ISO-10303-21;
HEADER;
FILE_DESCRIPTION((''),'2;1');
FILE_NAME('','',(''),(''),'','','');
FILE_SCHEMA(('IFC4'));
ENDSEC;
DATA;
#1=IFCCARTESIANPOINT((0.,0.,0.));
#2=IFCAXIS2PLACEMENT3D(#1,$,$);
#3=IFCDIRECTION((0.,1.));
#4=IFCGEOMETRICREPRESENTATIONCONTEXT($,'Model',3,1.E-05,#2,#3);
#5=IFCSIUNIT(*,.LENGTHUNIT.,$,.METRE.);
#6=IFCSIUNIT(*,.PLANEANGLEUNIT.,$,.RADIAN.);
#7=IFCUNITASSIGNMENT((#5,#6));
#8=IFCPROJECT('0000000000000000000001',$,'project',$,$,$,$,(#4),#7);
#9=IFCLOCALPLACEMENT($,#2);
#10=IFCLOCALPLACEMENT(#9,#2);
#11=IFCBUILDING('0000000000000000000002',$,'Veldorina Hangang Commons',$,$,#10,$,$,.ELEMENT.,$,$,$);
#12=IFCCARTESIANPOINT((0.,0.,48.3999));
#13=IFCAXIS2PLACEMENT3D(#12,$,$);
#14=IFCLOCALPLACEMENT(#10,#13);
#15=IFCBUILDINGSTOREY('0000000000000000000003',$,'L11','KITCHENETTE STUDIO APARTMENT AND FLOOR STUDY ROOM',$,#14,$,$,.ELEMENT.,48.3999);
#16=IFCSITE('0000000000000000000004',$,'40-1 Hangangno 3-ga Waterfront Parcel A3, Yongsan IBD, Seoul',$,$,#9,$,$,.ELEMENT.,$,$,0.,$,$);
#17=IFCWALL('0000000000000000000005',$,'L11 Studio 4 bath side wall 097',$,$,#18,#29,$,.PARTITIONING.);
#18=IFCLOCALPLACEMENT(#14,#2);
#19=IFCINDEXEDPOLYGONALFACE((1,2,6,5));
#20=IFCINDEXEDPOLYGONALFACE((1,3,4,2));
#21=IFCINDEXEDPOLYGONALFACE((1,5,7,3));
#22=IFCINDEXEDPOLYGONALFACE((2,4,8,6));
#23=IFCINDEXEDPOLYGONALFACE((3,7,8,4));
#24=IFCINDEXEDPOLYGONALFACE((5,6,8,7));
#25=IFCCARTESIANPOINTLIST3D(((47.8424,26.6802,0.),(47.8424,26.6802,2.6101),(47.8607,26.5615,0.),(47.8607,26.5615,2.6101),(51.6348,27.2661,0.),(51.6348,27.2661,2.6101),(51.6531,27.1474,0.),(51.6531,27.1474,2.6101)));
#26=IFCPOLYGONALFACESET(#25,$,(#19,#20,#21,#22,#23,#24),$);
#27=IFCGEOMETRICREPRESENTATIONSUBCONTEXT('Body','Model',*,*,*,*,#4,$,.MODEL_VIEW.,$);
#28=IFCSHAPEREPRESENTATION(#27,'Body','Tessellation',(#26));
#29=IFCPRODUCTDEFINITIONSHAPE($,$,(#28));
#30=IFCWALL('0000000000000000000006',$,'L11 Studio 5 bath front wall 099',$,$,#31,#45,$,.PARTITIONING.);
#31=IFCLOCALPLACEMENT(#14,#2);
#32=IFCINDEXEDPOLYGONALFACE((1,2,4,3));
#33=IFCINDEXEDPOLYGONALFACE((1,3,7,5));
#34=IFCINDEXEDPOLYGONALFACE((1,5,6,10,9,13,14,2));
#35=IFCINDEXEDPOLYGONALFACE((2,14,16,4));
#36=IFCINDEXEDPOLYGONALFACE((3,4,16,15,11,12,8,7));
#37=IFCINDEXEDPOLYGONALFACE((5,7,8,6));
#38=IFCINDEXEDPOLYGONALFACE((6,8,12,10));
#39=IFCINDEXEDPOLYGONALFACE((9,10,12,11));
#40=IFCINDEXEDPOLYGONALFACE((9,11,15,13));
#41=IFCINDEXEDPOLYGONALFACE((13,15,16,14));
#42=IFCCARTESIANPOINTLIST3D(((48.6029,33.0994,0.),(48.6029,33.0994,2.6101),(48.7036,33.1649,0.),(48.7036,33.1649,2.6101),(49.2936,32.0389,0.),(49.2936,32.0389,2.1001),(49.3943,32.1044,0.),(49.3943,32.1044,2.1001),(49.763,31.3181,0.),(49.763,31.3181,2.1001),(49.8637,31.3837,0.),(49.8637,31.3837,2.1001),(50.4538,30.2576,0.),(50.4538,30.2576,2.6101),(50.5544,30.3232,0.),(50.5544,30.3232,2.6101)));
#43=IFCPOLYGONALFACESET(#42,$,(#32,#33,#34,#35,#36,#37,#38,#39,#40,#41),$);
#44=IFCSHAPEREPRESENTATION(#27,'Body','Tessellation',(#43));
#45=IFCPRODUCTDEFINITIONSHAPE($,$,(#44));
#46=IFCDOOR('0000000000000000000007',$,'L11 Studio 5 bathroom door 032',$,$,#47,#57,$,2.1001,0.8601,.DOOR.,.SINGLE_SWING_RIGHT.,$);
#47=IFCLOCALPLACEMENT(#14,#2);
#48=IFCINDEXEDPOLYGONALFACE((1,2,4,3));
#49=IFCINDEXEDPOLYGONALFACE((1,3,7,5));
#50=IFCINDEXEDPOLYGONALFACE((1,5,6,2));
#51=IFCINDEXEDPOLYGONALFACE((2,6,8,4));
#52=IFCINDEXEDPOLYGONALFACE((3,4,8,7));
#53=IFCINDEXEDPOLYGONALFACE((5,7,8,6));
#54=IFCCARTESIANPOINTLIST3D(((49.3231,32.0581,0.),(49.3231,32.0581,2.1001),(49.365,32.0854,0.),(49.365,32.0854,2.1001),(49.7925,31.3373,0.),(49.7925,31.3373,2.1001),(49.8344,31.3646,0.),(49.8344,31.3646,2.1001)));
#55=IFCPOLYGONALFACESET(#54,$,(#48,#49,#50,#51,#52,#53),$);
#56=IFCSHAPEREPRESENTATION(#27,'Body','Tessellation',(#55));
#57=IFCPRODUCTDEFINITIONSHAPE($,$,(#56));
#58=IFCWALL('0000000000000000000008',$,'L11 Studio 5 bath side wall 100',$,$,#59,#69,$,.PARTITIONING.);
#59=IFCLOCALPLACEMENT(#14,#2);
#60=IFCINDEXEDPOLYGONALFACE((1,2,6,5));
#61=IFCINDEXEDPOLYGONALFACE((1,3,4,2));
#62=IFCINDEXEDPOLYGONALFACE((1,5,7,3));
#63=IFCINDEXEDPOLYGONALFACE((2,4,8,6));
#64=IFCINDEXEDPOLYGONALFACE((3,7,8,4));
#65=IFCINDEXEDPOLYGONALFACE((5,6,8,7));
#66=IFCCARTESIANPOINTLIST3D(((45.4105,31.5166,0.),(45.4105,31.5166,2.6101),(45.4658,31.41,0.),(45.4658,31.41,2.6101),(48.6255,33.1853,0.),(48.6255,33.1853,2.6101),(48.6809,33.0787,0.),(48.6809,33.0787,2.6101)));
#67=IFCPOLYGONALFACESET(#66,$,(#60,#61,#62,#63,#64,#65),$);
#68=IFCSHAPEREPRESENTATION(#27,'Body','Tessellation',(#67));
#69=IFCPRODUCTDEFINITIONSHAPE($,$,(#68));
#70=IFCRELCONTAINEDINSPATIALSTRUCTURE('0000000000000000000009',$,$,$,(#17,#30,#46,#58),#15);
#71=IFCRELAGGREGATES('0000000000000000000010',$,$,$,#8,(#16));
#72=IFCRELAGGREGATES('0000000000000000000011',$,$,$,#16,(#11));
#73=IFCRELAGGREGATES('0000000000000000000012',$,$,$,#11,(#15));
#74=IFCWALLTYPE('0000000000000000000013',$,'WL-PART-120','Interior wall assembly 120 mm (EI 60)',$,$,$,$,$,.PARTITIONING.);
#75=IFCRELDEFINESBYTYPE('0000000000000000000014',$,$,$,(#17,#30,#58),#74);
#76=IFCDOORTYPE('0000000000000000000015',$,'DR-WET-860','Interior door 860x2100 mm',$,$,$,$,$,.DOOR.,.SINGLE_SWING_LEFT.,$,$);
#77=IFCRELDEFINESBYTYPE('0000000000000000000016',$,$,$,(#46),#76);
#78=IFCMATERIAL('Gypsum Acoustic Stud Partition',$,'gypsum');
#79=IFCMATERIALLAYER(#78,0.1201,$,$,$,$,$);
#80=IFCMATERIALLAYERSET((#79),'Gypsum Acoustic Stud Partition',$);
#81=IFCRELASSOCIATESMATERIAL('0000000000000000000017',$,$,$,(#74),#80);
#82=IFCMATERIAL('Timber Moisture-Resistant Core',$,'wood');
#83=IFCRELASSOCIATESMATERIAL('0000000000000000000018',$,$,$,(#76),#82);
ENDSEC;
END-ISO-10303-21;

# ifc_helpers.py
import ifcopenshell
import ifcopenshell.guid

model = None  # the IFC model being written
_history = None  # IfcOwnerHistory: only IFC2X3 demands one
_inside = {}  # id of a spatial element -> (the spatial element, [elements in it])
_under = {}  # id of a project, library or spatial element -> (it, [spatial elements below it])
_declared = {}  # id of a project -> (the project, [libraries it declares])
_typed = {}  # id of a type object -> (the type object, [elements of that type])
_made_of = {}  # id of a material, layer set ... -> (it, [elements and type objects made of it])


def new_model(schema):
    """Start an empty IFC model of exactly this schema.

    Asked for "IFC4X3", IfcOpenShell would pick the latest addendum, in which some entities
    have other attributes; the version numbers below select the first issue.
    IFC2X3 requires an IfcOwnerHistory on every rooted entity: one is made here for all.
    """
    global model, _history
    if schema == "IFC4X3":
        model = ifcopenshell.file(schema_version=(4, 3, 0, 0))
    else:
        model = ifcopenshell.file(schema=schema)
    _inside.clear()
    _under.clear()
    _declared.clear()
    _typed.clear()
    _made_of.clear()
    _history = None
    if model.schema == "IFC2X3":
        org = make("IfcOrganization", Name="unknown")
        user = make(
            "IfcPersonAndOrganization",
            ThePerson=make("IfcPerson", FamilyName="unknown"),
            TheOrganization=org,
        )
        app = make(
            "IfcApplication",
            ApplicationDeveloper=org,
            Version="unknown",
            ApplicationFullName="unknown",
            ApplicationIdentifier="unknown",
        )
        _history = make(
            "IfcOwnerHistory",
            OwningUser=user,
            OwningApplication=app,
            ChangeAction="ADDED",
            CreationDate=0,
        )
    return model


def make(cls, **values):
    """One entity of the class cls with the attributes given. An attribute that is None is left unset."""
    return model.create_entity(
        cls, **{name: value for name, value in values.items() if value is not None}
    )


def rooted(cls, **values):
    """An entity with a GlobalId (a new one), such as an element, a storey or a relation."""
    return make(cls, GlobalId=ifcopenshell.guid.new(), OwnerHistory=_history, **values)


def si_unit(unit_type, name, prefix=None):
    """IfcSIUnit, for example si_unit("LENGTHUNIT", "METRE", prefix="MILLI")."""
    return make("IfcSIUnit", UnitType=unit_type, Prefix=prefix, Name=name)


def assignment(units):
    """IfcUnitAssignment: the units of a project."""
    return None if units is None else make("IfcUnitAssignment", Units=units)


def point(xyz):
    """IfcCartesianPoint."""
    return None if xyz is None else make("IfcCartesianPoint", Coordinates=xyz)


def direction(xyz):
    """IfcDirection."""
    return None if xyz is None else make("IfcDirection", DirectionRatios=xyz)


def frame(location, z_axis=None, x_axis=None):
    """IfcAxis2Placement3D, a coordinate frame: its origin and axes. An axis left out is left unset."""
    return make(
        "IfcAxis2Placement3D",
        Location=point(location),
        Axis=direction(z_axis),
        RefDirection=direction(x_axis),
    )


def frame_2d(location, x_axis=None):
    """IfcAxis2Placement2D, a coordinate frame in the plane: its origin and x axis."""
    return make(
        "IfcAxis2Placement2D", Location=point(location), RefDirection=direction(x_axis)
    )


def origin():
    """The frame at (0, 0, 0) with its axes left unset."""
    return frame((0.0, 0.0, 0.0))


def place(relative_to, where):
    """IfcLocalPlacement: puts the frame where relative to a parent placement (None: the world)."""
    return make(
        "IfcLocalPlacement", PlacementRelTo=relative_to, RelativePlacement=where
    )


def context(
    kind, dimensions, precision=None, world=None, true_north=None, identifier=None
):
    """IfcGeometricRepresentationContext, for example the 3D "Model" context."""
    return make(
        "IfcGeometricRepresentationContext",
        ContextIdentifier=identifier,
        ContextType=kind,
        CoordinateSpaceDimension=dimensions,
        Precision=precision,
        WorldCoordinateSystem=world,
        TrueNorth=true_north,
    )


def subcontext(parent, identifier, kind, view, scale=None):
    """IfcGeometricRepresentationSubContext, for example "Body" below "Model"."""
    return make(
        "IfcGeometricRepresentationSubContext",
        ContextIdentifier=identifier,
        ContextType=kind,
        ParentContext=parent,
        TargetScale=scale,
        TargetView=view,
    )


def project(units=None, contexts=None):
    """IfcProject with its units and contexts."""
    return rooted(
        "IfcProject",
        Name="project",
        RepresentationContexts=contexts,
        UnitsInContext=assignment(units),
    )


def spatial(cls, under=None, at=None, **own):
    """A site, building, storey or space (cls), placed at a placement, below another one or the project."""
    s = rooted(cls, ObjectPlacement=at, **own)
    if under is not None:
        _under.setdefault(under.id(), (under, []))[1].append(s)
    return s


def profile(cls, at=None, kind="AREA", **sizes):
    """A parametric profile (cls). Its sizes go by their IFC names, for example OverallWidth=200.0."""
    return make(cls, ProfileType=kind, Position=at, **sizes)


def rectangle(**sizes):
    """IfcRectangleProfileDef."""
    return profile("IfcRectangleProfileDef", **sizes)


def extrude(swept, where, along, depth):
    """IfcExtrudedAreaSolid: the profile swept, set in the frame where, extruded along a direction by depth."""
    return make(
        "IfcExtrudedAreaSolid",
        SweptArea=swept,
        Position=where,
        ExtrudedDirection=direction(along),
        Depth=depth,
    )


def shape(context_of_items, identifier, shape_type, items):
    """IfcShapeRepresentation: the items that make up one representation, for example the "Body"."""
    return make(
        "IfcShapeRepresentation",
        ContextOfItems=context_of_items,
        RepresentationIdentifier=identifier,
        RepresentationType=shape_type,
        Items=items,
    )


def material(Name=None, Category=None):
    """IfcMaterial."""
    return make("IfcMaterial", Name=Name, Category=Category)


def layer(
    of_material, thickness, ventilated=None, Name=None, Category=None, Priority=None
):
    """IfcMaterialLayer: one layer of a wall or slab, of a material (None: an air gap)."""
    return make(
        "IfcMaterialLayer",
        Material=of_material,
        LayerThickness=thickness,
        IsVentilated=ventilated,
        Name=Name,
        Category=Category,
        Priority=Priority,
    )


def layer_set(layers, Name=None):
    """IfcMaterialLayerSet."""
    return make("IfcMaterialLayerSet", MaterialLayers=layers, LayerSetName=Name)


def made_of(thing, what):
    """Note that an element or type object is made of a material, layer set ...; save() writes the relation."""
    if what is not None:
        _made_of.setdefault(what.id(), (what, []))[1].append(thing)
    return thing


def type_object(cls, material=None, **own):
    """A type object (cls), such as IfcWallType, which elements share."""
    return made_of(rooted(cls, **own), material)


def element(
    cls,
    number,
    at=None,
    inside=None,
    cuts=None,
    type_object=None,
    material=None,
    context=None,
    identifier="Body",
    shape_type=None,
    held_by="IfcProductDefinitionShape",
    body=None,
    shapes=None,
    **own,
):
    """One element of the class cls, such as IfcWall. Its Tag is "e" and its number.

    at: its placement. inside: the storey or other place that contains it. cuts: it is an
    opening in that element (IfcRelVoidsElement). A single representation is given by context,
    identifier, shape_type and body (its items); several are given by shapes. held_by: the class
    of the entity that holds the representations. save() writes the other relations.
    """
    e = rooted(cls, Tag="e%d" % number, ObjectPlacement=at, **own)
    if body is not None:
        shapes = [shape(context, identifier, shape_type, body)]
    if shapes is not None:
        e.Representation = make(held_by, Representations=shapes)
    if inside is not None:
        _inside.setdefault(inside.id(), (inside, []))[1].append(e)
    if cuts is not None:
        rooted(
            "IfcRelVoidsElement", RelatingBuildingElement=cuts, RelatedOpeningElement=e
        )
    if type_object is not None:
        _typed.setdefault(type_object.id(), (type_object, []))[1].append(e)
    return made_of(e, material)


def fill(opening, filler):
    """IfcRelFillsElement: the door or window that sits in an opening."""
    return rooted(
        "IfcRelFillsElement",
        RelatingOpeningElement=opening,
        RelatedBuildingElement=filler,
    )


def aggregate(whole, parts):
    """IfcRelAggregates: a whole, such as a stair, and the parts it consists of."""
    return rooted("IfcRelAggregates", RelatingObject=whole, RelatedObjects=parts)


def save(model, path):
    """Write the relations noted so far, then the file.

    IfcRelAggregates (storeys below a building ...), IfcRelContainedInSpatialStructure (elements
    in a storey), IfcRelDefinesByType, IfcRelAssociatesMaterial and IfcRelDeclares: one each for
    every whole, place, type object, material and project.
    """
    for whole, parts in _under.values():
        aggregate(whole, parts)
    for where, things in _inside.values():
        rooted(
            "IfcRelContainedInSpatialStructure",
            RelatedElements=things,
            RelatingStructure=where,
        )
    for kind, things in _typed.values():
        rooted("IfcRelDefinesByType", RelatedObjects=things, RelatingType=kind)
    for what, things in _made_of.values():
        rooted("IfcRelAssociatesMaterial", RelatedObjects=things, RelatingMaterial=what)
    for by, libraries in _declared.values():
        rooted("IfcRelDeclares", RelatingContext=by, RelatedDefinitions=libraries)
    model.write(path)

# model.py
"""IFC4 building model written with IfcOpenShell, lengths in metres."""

from ifc_helpers import new_model, si_unit, direction, frame, frame_2d, origin, place, context, subcontext, project, spatial, rectangle, extrude, material, layer, layer_set, type_object, element, fill, save


model = new_model("IFC4")

# Units and contexts
model_context = context("Model", 3, precision=1e-05, world=origin(), true_north=direction((0.0, 1.0)))
body_context = subcontext(model_context, "Body", "Model", "MODEL_VIEW")
ifc_project = project(units=[si_unit("LENGTHUNIT", "METRE"), si_unit("PLANEANGLEUNIT", "RADIAN")], contexts=[model_context])

# Site, building, storey
site_placement = place(None, origin())
site = spatial("IfcSite", under=ifc_project, at=site_placement, Name="40-1 Hangangno 3-ga Waterfront Parcel A3, Yongsan IBD, Seoul", CompositionType="ELEMENT", RefElevation=0.0)
building_placement = place(site_placement, origin())
building = spatial("IfcBuilding", under=site, at=building_placement, Name="Veldorina Hangang Commons", CompositionType="ELEMENT")
storey_placement = place(building_placement, frame((0.0, 0.0, 48.3999)))
storey = spatial("IfcBuildingStorey", under=building, at=storey_placement, Name="L11", Description="KITCHENETTE STUDIO APARTMENT AND FLOOR STUDY ROOM", CompositionType="ELEMENT", Elevation=48.3999)

# Shared definitions
ifc_material_1 = material(Name="Gypsum Acoustic Stud Partition", Category="gypsum")
ifc_layer_1 = layer(ifc_material_1, 0.1201)
ifc_layer_set_1 = layer_set([ifc_layer_1], Name="Gypsum Acoustic Stud Partition")
wall_type_1 = type_object("IfcWallType", Name="WL-PART-120", Description="Interior wall assembly 120 mm (EI 60)", PredefinedType="PARTITIONING", material=ifc_layer_set_1)
ifc_material_2 = material(Name="Timber Moisture-Resistant Core", Category="wood")
door_type_1 = type_object("IfcDoorType", Name="DR-WET-860", Description="Interior door 860x2100 mm", OperationType="SINGLE_SWING_LEFT", PredefinedType="DOOR", material=ifc_material_2)

# Wall
wall_1_placement = place(storey_placement, frame((47.8516, 26.6208, 0.0), z_axis=(0.0, 0.0, 1.0), x_axis=(0.988274, 0.152688, 0.0)))
element("IfcWall", 1, at=wall_1_placement, inside=storey, type_object=wall_type_1, Name="L11 Studio 4 bath side wall 097", PredefinedType="PARTITIONING", context=body_context, shape_type="SweptSolid", body=[
    extrude(rectangle(XDim=3.8374, YDim=0.1201, at=frame_2d((1.9187, 0.0))), origin(), (0.0, 0.0, 1.0), 2.6101),
])

# Wall, opening, door
wall_2_placement = place(storey_placement, frame((50.5042, 30.2903, 0.0), z_axis=(0.0, 0.0, 1.0), x_axis=(-0.545747, 0.83795, 0.0)))
wall_2 = element("IfcWall", 2, at=wall_2_placement, inside=storey, type_object=wall_type_1, Name="L11 Studio 5 bath front wall 099", PredefinedType="PARTITIONING", context=body_context, shape_type="SweptSolid", body=[
    extrude(rectangle(XDim=3.3914, YDim=0.1201, at=frame_2d((1.6958, 0.0))), origin(), (0.0, 0.0, 1.0), 2.6101),
])
opening_1_placement = place(wall_2_placement, frame((1.2656, 0.0, 0.0)))
opening_1 = element("IfcOpeningElement", 3, at=opening_1_placement, cuts=wall_2, PredefinedType="OPENING", context=body_context, shape_type="SweptSolid", body=[
    extrude(rectangle(XDim=0.8601, YDim=2.1001, at=frame_2d((0.4302, 1.05))), frame((0.0, 0.0701, 0.0), z_axis=(0.0, -1.0, 0.0), x_axis=(1.0, 0.0, 0.0)), (0.0, 0.0, 1.0), 0.1401),
])
door_1_placement = place(opening_1_placement, origin())
door_1 = element("IfcDoor", 4, at=door_1_placement, inside=storey, type_object=door_type_1, Name="L11 Studio 5 bathroom door 032", OperationType="SINGLE_SWING_RIGHT", OverallHeight=2.1001, OverallWidth=0.8601, PredefinedType="DOOR", context=body_context, shape_type="SweptSolid", body=[
    extrude(rectangle(XDim=0.8601, YDim=2.1001, at=frame_2d((0.4302, 1.05))), frame((0.0, 0.0249, 0.0), z_axis=(0.0, -1.0, 0.0), x_axis=(1.0, 0.0, 0.0)), (0.0, 0.0, 1.0), 0.05),
])
fill(opening_1, door_1)

# Wall
wall_3_placement = place(storey_placement, frame((45.4382, 31.4634, 0.0), z_axis=(0.0, 0.0, 1.0), x_axis=(0.887572, 0.460669, 0.0)))
element("IfcWall", 5, at=wall_3_placement, inside=storey, type_object=wall_type_1, Name="L11 Studio 5 bath side wall 100", PredefinedType="PARTITIONING", context=body_context, shape_type="SweptSolid", body=[
    extrude(rectangle(XDim=3.6223, YDim=0.1201, at=frame_2d((1.811, 0.0))), origin(), (0.0, 0.0, 1.0), 2.6101),
])

save(model, "model.ifc")
